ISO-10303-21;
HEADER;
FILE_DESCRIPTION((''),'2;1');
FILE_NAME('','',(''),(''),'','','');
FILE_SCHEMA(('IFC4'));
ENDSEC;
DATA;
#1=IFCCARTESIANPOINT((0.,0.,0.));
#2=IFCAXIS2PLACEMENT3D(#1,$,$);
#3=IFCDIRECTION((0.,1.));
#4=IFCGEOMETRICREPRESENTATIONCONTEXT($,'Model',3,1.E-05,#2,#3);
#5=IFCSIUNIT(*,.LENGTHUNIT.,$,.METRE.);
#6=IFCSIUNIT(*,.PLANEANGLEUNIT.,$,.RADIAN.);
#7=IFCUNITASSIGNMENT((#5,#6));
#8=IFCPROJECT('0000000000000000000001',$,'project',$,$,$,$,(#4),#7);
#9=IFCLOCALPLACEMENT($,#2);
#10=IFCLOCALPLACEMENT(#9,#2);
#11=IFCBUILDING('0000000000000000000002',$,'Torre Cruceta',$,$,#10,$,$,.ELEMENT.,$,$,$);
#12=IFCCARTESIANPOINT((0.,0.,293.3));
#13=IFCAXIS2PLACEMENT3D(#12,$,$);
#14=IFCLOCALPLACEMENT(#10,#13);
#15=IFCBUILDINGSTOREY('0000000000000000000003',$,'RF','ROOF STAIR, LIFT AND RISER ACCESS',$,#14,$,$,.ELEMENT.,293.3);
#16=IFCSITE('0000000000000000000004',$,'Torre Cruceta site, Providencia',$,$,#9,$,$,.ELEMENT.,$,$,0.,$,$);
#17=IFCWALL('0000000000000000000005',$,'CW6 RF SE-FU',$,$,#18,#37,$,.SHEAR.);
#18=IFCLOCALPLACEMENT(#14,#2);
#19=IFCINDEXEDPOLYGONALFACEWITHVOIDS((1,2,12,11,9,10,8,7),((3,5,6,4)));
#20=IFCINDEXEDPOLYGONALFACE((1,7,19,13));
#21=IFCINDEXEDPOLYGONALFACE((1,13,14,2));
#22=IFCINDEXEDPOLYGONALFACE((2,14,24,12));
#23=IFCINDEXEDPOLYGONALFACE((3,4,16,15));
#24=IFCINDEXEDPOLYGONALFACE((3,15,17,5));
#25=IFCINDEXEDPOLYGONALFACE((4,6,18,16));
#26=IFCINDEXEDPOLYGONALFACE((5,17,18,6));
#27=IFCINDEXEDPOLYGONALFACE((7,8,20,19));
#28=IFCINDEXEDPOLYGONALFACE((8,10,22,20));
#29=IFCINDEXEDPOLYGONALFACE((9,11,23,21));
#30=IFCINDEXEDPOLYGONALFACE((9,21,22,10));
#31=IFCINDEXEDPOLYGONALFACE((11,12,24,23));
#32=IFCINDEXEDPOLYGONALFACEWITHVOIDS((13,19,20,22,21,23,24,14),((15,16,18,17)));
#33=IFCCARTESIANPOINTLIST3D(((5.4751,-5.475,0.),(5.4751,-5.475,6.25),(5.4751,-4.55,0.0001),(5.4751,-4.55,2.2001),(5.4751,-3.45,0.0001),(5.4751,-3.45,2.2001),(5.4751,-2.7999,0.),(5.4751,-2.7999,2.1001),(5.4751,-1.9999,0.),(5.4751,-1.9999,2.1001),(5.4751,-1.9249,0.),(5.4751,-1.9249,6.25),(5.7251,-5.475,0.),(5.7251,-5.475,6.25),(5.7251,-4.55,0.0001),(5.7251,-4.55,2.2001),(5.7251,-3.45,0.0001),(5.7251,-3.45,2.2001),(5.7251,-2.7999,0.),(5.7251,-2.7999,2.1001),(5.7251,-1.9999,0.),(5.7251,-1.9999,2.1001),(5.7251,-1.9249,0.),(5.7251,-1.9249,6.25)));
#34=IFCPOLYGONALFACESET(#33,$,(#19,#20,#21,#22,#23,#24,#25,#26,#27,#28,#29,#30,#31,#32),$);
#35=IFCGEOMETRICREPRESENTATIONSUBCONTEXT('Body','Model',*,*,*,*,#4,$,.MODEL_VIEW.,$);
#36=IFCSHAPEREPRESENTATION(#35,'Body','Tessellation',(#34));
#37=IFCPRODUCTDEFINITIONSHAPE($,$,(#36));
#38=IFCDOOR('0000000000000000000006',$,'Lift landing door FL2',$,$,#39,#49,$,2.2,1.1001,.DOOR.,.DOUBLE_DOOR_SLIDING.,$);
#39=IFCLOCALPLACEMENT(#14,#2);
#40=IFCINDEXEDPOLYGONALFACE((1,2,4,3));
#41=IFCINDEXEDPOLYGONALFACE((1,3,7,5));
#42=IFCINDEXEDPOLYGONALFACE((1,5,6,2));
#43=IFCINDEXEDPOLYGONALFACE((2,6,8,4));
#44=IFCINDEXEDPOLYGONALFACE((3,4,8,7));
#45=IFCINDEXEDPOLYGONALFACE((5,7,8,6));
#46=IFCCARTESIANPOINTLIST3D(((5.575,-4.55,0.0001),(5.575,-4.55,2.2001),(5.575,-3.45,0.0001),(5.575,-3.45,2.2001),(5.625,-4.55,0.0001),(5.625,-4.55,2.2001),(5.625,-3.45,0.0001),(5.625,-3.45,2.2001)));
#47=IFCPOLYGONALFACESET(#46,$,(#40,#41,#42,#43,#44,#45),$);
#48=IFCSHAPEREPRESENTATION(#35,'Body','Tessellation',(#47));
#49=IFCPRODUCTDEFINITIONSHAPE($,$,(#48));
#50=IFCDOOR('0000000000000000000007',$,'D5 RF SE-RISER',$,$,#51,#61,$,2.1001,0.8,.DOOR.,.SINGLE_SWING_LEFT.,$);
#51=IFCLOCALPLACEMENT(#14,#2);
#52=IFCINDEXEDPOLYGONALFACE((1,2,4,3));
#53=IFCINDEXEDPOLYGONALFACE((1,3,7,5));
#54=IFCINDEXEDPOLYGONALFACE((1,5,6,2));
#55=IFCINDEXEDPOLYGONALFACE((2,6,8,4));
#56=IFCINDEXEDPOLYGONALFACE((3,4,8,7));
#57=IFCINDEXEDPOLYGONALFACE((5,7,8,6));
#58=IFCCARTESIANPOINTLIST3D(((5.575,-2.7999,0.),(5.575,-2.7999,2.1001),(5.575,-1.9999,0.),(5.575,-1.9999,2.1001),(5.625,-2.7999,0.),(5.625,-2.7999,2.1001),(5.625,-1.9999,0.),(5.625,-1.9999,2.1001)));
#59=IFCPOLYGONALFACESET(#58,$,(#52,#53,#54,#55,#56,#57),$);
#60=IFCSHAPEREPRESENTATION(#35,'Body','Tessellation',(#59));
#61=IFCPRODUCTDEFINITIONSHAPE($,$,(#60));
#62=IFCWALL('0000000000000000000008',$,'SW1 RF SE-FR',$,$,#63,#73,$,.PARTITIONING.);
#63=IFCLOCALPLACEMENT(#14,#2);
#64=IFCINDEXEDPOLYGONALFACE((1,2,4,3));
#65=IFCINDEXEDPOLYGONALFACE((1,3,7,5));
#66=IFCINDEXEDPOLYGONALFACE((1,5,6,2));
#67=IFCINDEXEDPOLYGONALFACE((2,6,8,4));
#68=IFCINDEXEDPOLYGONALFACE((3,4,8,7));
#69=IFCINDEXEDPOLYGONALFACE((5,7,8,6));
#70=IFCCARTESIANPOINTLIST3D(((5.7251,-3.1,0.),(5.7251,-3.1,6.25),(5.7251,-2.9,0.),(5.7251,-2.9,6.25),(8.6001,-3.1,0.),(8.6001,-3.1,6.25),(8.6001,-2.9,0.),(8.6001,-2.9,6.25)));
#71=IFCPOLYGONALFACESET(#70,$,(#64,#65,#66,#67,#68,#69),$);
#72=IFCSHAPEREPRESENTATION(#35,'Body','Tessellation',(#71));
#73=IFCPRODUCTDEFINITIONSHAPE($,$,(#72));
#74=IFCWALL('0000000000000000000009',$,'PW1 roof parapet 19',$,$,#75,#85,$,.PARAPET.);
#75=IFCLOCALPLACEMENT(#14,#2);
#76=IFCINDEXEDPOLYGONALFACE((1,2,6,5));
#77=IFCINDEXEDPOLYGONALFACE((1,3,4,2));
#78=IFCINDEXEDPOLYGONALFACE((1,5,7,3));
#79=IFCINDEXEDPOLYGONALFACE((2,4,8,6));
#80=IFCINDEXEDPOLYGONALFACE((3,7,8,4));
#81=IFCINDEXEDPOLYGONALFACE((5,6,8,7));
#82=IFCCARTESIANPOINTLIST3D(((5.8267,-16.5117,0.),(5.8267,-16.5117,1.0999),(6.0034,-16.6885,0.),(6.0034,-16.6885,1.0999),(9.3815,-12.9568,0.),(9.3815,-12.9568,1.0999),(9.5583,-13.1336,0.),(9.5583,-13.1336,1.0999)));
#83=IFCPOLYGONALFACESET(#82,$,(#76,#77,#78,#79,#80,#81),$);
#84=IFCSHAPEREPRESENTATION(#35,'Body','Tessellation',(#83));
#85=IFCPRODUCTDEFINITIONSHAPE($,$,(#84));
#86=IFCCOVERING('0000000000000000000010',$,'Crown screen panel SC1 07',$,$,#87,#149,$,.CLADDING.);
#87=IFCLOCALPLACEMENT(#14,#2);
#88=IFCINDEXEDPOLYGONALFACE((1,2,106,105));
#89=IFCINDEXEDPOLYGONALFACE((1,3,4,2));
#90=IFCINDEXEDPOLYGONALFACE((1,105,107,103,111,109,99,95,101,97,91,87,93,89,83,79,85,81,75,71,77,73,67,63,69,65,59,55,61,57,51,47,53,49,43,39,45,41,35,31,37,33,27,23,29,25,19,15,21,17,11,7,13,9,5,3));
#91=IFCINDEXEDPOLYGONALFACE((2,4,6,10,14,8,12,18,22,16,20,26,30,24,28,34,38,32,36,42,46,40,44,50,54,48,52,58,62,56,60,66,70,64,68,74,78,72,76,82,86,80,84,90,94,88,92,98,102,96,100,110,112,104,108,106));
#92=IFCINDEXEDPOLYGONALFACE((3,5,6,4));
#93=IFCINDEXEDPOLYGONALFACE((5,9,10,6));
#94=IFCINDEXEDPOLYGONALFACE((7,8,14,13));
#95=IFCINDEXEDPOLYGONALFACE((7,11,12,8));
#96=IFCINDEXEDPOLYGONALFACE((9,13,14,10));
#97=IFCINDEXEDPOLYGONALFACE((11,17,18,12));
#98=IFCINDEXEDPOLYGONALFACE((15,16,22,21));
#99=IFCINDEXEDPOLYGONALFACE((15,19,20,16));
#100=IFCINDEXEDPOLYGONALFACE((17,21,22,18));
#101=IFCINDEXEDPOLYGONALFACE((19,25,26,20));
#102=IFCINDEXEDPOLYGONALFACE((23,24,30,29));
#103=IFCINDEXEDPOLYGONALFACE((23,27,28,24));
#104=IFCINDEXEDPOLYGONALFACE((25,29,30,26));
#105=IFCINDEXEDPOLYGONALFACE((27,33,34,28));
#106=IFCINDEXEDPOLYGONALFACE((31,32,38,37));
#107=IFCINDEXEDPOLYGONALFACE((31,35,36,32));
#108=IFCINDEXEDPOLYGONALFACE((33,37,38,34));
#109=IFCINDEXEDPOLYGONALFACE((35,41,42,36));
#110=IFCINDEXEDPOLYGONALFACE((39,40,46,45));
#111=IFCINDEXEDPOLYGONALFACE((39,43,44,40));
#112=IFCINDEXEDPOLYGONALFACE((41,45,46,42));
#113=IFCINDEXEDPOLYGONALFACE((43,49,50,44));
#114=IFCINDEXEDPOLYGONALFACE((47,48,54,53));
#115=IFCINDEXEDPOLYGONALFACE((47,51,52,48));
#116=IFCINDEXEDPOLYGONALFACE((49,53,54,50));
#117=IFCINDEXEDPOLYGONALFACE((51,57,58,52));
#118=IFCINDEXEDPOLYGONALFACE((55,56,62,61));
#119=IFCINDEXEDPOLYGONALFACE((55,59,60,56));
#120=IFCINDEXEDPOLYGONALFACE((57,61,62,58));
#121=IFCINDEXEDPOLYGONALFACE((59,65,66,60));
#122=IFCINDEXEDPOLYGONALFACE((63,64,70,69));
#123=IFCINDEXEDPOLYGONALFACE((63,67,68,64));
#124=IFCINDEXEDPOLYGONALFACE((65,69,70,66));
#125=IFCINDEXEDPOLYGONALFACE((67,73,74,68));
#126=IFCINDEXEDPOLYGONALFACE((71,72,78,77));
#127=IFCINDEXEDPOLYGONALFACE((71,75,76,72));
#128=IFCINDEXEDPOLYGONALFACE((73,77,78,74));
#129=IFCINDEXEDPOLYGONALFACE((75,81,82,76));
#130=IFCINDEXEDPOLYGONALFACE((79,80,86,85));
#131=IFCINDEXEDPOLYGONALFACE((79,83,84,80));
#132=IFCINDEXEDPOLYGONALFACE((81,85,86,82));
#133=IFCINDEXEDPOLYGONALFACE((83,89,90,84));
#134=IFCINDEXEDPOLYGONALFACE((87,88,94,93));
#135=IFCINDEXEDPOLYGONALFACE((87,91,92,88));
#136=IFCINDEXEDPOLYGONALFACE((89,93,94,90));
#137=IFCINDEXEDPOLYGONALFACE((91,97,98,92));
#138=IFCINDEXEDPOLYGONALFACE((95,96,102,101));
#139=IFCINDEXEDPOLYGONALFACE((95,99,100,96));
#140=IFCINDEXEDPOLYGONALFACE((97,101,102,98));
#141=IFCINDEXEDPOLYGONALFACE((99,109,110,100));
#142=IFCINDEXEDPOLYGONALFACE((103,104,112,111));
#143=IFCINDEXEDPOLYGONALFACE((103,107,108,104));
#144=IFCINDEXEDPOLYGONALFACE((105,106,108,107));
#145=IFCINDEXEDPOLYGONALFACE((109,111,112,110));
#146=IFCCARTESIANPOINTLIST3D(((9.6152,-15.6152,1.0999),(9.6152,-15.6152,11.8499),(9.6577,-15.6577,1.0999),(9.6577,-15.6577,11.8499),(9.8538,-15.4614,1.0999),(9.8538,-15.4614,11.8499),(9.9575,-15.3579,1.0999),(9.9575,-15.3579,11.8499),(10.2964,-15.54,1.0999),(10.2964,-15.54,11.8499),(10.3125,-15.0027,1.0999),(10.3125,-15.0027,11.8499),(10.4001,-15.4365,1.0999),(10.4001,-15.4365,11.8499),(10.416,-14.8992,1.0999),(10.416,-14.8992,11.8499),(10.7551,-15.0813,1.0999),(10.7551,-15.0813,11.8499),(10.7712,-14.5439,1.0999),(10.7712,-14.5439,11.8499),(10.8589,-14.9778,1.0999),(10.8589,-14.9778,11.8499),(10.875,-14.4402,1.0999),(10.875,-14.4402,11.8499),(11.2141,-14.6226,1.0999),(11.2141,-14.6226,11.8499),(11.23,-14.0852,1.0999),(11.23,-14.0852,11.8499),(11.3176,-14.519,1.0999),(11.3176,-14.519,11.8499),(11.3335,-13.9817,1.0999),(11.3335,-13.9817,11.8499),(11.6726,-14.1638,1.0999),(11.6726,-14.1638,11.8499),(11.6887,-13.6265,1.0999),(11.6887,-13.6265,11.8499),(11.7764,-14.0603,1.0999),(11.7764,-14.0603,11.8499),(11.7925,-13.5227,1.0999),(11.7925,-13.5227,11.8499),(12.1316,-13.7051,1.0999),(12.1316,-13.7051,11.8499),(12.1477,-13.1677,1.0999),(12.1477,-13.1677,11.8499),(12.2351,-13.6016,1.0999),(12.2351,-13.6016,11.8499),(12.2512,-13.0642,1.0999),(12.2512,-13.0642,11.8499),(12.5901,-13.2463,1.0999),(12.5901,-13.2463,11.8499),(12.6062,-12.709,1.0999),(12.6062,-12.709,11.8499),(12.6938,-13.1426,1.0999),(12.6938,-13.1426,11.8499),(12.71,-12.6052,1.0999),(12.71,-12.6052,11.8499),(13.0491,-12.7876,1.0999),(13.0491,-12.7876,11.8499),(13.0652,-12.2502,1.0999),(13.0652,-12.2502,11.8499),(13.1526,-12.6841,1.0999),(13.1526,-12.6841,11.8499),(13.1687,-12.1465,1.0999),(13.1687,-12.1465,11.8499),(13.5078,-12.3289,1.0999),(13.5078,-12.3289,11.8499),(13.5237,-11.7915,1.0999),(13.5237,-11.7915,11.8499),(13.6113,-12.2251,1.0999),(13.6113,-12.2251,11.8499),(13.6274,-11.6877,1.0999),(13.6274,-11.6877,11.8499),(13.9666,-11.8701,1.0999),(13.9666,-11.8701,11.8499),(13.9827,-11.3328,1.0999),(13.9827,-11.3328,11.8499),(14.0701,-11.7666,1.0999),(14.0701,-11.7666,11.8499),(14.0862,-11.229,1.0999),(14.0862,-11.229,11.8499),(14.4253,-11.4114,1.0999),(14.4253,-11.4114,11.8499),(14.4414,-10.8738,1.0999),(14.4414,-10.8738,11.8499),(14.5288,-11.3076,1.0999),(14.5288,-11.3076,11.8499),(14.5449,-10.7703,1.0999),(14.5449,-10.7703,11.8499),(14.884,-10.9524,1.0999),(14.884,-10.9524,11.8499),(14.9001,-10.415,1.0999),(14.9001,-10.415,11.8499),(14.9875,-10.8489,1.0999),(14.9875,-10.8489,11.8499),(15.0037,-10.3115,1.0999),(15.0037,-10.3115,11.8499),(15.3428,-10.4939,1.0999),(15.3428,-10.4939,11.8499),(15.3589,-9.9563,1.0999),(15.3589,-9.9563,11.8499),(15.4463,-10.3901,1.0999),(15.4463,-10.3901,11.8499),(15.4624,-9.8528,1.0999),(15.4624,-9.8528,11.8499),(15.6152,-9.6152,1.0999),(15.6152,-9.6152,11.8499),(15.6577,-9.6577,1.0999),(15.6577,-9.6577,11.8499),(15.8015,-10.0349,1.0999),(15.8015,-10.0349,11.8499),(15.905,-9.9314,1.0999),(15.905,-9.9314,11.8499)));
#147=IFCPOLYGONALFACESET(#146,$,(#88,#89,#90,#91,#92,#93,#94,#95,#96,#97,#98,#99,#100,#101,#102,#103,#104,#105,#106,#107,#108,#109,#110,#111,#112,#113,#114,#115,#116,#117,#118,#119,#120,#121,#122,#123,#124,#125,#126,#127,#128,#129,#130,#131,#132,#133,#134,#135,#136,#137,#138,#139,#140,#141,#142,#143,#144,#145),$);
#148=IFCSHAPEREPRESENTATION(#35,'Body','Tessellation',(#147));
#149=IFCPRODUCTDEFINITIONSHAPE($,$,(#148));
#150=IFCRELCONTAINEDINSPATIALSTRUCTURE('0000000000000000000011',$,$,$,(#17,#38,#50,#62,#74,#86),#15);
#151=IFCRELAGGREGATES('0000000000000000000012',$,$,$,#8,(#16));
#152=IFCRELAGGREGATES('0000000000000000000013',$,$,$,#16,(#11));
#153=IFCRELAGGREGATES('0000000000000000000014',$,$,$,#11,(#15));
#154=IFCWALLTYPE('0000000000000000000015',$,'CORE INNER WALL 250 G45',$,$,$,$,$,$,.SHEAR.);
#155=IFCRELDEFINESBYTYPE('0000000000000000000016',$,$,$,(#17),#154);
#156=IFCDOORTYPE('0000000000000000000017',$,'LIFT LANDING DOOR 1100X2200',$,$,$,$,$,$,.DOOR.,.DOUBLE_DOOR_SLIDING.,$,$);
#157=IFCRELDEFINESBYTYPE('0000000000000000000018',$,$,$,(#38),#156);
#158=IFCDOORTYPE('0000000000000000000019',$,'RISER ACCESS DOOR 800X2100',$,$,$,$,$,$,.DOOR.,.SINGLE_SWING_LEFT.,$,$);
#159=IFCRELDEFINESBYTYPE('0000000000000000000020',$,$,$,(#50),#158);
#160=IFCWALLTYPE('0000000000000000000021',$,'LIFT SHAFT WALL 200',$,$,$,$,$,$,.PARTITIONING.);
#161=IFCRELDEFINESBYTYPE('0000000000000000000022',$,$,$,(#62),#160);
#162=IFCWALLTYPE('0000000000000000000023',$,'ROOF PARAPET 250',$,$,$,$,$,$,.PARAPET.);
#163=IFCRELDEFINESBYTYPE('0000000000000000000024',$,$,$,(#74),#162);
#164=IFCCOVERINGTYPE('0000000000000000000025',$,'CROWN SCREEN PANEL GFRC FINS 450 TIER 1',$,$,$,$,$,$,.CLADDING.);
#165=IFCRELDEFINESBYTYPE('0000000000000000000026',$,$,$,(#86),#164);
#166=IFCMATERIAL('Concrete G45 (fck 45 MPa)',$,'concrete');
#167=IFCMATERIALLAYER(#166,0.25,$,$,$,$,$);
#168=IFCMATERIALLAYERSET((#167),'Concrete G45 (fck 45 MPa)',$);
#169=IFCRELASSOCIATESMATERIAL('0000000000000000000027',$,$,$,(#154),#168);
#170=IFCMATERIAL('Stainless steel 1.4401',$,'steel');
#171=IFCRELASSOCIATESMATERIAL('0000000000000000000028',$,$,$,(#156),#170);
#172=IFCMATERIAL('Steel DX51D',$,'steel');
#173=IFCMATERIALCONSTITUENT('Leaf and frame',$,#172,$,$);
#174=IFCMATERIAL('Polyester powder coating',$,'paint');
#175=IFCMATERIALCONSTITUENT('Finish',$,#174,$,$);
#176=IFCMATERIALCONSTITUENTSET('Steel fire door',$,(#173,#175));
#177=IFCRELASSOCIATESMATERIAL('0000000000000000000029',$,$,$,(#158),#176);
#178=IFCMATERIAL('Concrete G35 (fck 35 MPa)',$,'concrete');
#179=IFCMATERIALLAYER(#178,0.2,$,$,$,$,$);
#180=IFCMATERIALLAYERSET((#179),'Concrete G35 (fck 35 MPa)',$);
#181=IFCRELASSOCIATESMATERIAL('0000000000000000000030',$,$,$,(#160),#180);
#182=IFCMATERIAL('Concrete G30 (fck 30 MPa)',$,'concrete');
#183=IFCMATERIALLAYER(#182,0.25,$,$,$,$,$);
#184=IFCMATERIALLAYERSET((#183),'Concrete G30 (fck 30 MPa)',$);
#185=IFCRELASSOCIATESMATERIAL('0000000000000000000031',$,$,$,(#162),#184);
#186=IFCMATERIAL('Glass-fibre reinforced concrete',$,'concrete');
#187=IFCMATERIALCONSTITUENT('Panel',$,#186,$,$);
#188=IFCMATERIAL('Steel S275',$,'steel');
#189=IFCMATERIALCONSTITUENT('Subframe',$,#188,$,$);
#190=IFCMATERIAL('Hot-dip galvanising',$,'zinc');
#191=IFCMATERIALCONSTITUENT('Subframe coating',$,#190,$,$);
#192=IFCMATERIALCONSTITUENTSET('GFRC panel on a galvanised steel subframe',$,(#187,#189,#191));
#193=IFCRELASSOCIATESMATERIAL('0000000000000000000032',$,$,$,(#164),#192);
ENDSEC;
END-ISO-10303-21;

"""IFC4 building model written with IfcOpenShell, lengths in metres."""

from ifc_helpers import new_model, si_unit, direction, frame, frame_2d, origin, place, context, subcontext, project, spatial, polyline, rectangle, outline, extrude, material, layer, layer_set, constituent, constituent_set, type_object, element, fill, save


model = new_model("IFC4")

# Units and contexts
model_context = context("Model", 3, precision=1e-05, world=origin(), true_north=direction((0.0, 1.0)))
body_context = subcontext(model_context, "Body", "Model", "MODEL_VIEW")
ifc_project = project(units=[si_unit("LENGTHUNIT", "METRE"), si_unit("PLANEANGLEUNIT", "RADIAN")], contexts=[model_context])

# Site, building, storey
site_placement = place(None, origin())
site = spatial("IfcSite", under=ifc_project, at=site_placement, Name="Torre Cruceta site, Providencia", CompositionType="ELEMENT", RefElevation=0.0)
building_placement = place(site_placement, origin())
building = spatial("IfcBuilding", under=site, at=building_placement, Name="Torre Cruceta", CompositionType="ELEMENT")
storey_placement = place(building_placement, frame((0.0, 0.0, 293.3)))
storey = spatial("IfcBuildingStorey", under=building, at=storey_placement, Name="RF", Description="ROOF STAIR, LIFT AND RISER ACCESS", CompositionType="ELEMENT", Elevation=293.3)

# Shared definitions
ifc_material_1 = material(Name="Concrete G45 (fck 45 MPa)", Category="concrete")
ifc_layer_1 = layer(ifc_material_1, 0.25)
ifc_layer_set_1 = layer_set([ifc_layer_1], Name="Concrete G45 (fck 45 MPa)")
wall_type_1 = type_object("IfcWallType", Name="CORE INNER WALL 250 G45", PredefinedType="SHEAR", material=ifc_layer_set_1)

# Wall, openings, doors
wall_1_placement = place(storey_placement, frame((5.6001, -1.925, 0.0), z_axis=(0.0, 0.0, 1.0), x_axis=(0.0, -1.0, 0.0)))
wall_1 = element("IfcWall", 1, at=wall_1_placement, inside=storey, type_object=wall_type_1, Name="CW6 RF SE-FU", PredefinedType="SHEAR", context=body_context, shape_type="SweptSolid", body=[
    extrude(rectangle(XDim=3.55, YDim=0.25, at=frame_2d((1.7749, 0.0))), origin(), (0.0, 0.0, 1.0), 6.25),
])
opening_1_placement = place(wall_1_placement, frame((1.5249, 0.0, 0.0)))
opening_1 = element("IfcOpeningElement", 2, at=opening_1_placement, cuts=wall_1, PredefinedType="OPENING", context=body_context, shape_type="SweptSolid", body=[
    extrude(rectangle(XDim=1.1001, YDim=2.2, at=frame_2d((0.55, 1.1001))), frame((0.0, 0.135, 0.0), z_axis=(0.0, -1.0, 0.0), x_axis=(1.0, 0.0, 0.0)), (0.0, 0.0, 1.0), 0.27),
])
opening_2_placement = place(wall_1_placement, frame((0.075, 0.0, 0.0)))
opening_2 = element("IfcOpeningElement", 3, at=opening_2_placement, cuts=wall_1, PredefinedType="OPENING", context=body_context, shape_type="SweptSolid", body=[
    extrude(rectangle(XDim=0.8, YDim=2.1001, at=frame_2d((0.3999, 1.05))), frame((0.0, 0.135, 0.0), z_axis=(0.0, -1.0, 0.0), x_axis=(1.0, 0.0, 0.0)), (0.0, 0.0, 1.0), 0.27),
])
ifc_material_2 = material(Name="Stainless steel 1.4401", Category="steel")
door_type_1 = type_object("IfcDoorType", Name="LIFT LANDING DOOR 1100X2200", OperationType="DOUBLE_DOOR_SLIDING", PredefinedType="DOOR", material=ifc_material_2)
door_1_placement = place(opening_1_placement, origin())
door_1 = element("IfcDoor", 4, at=door_1_placement, inside=storey, type_object=door_type_1, Name="Lift landing door FL2", OperationType="DOUBLE_DOOR_SLIDING", OverallHeight=2.2, OverallWidth=1.1001, PredefinedType="DOOR", context=body_context, shape_type="SweptSolid", body=[
    extrude(rectangle(XDim=1.1001, YDim=2.2, at=frame_2d((0.55, 1.1001))), frame((0.0, 0.0249, 0.0), z_axis=(0.0, -1.0, 0.0), x_axis=(1.0, 0.0, 0.0)), (0.0, 0.0, 1.0), 0.05),
])
fill(opening_1, door_1)
ifc_material_3 = material(Name="Steel DX51D", Category="steel")
ifc_constituent_1 = constituent(ifc_material_3, Name="Leaf and frame")
ifc_material_4 = material(Name="Polyester powder coating", Category="paint")
ifc_constituent_2 = constituent(ifc_material_4, Name="Finish")
ifc_constituent_set_1 = constituent_set(constituents=[ifc_constituent_1, ifc_constituent_2], Name="Steel fire door")
door_type_2 = type_object("IfcDoorType", Name="RISER ACCESS DOOR 800X2100", OperationType="SINGLE_SWING_LEFT", PredefinedType="DOOR", material=ifc_constituent_set_1)
door_2_placement = place(opening_2_placement, origin())
door_2 = element("IfcDoor", 5, at=door_2_placement, inside=storey, type_object=door_type_2, Name="D5 RF SE-RISER", OperationType="SINGLE_SWING_LEFT", OverallHeight=2.1001, OverallWidth=0.8, PredefinedType="DOOR", context=body_context, shape_type="SweptSolid", body=[
    extrude(rectangle(XDim=0.8, YDim=2.1001, at=frame_2d((0.3999, 1.05))), frame((0.0, 0.0249, 0.0), z_axis=(0.0, -1.0, 0.0), x_axis=(1.0, 0.0, 0.0)), (0.0, 0.0, 1.0), 0.05),
])
fill(opening_2, door_2)

# Walls
ifc_material_5 = material(Name="Concrete G35 (fck 35 MPa)", Category="concrete")
ifc_layer_2 = layer(ifc_material_5, 0.2)
ifc_layer_set_2 = layer_set([ifc_layer_2], Name="Concrete G35 (fck 35 MPa)")
wall_type_2 = type_object("IfcWallType", Name="LIFT SHAFT WALL 200", PredefinedType="PARTITIONING", material=ifc_layer_set_2)
wall_2_placement = place(storey_placement, frame((5.7251, -3.0, 0.0), z_axis=(0.0, 0.0, 1.0), x_axis=(1.0, 0.0, 0.0)))
element("IfcWall", 6, at=wall_2_placement, inside=storey, type_object=wall_type_2, Name="SW1 RF SE-FR", PredefinedType="PARTITIONING", context=body_context, shape_type="SweptSolid", body=[
    extrude(rectangle(XDim=2.875, YDim=0.2, at=frame_2d((1.4375, 0.0))), origin(), (0.0, 0.0, 1.0), 6.25),
])
ifc_material_6 = material(Name="Concrete G30 (fck 30 MPa)", Category="concrete")
ifc_layer_3 = layer(ifc_material_6, 0.25)
ifc_layer_set_3 = layer_set([ifc_layer_3], Name="Concrete G30 (fck 30 MPa)")
wall_type_3 = type_object("IfcWallType", Name="ROOF PARAPET 250", PredefinedType="PARAPET", material=ifc_layer_set_3)
wall_3_placement = place(storey_placement, frame((5.915, -16.6001, 0.0), z_axis=(0.0, 0.0, 1.0), x_axis=(0.707107, 0.707107, 0.0)))
element("IfcWall", 7, at=wall_3_placement, inside=storey, type_object=wall_type_3, Name="PW1 roof parapet 19", PredefinedType="PARAPET", context=body_context, shape_type="SweptSolid", body=[
    extrude(rectangle(XDim=5.0273, YDim=0.25, at=frame_2d((2.5137, 0.0))), origin(), (0.0, 0.0, 1.0), 1.0999),
])

# Covering
ifc_material_7 = material(Name="Glass-fibre reinforced concrete", Category="concrete")
ifc_constituent_3 = constituent(ifc_material_7, Name="Panel")
ifc_material_8 = material(Name="Steel S275", Category="steel")
ifc_constituent_4 = constituent(ifc_material_8, Name="Subframe")
ifc_material_9 = material(Name="Hot-dip galvanising", Category="zinc")
ifc_constituent_5 = constituent(ifc_material_9, Name="Subframe coating")
ifc_constituent_set_2 = constituent_set(constituents=[ifc_constituent_3, ifc_constituent_4, ifc_constituent_5], Name="GFRC panel on a galvanised steel subframe")
covering_type_1 = type_object("IfcCoveringType", Name="CROWN SCREEN PANEL GFRC FINS 450 TIER 1", PredefinedType="CLADDING", material=ifc_constituent_set_2)
covering_1_placement = place(storey_placement, frame((0.0, 0.0, 1.0999)))
element("IfcCovering", 8, at=covering_1_placement, inside=storey, type_object=covering_type_1, Name="Crown screen panel SC1 07", PredefinedType="CLADDING", context=body_context, shape_type="SweptSolid", body=[
    extrude(outline(polyline([(10.4001, -15.4365), (9.9575, -15.3579), (10.3125, -15.0027), (10.7551, -15.0813), (10.8589, -14.9778), (10.416, -14.8992), (10.7712, -14.5439), (11.2141, -14.6226), (11.3176, -14.519), (10.875, -14.4402), (11.23, -14.0852), (11.6726, -14.1638), (11.7764, -14.0603), (11.3335, -13.9817), (11.6887, -13.6265), (12.1316, -13.7051), (12.2351, -13.6016), (11.7925, -13.5227), (12.1477, -13.1677), (12.5901, -13.2463), (12.6938, -13.1426), (12.2512, -13.0642), (12.6062, -12.709), (13.0491, -12.7876), (13.1526, -12.6841), (12.71, -12.6052), (13.0652, -12.2502), (13.5078, -12.3289), (13.6113, -12.2251), (13.1687, -12.1465), (13.5237, -11.7915), (13.9666, -11.8701), (14.0701, -11.7666), (13.6274, -11.6877), (13.9827, -11.3328), (14.4253, -11.4114), (14.5288, -11.3076), (14.0862, -11.229), (14.4414, -10.8738), (14.884, -10.9524), (14.9875, -10.8489), (14.5449, -10.7703), (14.9001, -10.415), (15.3428, -10.4939), (15.4463, -10.3901), (15.0037, -10.3115), (15.3589, -9.9563), (15.8015, -10.0349), (15.905, -9.9314), (15.4624, -9.8528), (15.6577, -9.6577), (15.6152, -9.6152), (9.6152, -15.6152), (9.6577, -15.6577), (9.8538, -15.4614), (10.2964, -15.54), (10.4001, -15.4365)])), origin(), (0.0, 0.0, 1.0), 10.75),
])

save(model, "model.ifc")
